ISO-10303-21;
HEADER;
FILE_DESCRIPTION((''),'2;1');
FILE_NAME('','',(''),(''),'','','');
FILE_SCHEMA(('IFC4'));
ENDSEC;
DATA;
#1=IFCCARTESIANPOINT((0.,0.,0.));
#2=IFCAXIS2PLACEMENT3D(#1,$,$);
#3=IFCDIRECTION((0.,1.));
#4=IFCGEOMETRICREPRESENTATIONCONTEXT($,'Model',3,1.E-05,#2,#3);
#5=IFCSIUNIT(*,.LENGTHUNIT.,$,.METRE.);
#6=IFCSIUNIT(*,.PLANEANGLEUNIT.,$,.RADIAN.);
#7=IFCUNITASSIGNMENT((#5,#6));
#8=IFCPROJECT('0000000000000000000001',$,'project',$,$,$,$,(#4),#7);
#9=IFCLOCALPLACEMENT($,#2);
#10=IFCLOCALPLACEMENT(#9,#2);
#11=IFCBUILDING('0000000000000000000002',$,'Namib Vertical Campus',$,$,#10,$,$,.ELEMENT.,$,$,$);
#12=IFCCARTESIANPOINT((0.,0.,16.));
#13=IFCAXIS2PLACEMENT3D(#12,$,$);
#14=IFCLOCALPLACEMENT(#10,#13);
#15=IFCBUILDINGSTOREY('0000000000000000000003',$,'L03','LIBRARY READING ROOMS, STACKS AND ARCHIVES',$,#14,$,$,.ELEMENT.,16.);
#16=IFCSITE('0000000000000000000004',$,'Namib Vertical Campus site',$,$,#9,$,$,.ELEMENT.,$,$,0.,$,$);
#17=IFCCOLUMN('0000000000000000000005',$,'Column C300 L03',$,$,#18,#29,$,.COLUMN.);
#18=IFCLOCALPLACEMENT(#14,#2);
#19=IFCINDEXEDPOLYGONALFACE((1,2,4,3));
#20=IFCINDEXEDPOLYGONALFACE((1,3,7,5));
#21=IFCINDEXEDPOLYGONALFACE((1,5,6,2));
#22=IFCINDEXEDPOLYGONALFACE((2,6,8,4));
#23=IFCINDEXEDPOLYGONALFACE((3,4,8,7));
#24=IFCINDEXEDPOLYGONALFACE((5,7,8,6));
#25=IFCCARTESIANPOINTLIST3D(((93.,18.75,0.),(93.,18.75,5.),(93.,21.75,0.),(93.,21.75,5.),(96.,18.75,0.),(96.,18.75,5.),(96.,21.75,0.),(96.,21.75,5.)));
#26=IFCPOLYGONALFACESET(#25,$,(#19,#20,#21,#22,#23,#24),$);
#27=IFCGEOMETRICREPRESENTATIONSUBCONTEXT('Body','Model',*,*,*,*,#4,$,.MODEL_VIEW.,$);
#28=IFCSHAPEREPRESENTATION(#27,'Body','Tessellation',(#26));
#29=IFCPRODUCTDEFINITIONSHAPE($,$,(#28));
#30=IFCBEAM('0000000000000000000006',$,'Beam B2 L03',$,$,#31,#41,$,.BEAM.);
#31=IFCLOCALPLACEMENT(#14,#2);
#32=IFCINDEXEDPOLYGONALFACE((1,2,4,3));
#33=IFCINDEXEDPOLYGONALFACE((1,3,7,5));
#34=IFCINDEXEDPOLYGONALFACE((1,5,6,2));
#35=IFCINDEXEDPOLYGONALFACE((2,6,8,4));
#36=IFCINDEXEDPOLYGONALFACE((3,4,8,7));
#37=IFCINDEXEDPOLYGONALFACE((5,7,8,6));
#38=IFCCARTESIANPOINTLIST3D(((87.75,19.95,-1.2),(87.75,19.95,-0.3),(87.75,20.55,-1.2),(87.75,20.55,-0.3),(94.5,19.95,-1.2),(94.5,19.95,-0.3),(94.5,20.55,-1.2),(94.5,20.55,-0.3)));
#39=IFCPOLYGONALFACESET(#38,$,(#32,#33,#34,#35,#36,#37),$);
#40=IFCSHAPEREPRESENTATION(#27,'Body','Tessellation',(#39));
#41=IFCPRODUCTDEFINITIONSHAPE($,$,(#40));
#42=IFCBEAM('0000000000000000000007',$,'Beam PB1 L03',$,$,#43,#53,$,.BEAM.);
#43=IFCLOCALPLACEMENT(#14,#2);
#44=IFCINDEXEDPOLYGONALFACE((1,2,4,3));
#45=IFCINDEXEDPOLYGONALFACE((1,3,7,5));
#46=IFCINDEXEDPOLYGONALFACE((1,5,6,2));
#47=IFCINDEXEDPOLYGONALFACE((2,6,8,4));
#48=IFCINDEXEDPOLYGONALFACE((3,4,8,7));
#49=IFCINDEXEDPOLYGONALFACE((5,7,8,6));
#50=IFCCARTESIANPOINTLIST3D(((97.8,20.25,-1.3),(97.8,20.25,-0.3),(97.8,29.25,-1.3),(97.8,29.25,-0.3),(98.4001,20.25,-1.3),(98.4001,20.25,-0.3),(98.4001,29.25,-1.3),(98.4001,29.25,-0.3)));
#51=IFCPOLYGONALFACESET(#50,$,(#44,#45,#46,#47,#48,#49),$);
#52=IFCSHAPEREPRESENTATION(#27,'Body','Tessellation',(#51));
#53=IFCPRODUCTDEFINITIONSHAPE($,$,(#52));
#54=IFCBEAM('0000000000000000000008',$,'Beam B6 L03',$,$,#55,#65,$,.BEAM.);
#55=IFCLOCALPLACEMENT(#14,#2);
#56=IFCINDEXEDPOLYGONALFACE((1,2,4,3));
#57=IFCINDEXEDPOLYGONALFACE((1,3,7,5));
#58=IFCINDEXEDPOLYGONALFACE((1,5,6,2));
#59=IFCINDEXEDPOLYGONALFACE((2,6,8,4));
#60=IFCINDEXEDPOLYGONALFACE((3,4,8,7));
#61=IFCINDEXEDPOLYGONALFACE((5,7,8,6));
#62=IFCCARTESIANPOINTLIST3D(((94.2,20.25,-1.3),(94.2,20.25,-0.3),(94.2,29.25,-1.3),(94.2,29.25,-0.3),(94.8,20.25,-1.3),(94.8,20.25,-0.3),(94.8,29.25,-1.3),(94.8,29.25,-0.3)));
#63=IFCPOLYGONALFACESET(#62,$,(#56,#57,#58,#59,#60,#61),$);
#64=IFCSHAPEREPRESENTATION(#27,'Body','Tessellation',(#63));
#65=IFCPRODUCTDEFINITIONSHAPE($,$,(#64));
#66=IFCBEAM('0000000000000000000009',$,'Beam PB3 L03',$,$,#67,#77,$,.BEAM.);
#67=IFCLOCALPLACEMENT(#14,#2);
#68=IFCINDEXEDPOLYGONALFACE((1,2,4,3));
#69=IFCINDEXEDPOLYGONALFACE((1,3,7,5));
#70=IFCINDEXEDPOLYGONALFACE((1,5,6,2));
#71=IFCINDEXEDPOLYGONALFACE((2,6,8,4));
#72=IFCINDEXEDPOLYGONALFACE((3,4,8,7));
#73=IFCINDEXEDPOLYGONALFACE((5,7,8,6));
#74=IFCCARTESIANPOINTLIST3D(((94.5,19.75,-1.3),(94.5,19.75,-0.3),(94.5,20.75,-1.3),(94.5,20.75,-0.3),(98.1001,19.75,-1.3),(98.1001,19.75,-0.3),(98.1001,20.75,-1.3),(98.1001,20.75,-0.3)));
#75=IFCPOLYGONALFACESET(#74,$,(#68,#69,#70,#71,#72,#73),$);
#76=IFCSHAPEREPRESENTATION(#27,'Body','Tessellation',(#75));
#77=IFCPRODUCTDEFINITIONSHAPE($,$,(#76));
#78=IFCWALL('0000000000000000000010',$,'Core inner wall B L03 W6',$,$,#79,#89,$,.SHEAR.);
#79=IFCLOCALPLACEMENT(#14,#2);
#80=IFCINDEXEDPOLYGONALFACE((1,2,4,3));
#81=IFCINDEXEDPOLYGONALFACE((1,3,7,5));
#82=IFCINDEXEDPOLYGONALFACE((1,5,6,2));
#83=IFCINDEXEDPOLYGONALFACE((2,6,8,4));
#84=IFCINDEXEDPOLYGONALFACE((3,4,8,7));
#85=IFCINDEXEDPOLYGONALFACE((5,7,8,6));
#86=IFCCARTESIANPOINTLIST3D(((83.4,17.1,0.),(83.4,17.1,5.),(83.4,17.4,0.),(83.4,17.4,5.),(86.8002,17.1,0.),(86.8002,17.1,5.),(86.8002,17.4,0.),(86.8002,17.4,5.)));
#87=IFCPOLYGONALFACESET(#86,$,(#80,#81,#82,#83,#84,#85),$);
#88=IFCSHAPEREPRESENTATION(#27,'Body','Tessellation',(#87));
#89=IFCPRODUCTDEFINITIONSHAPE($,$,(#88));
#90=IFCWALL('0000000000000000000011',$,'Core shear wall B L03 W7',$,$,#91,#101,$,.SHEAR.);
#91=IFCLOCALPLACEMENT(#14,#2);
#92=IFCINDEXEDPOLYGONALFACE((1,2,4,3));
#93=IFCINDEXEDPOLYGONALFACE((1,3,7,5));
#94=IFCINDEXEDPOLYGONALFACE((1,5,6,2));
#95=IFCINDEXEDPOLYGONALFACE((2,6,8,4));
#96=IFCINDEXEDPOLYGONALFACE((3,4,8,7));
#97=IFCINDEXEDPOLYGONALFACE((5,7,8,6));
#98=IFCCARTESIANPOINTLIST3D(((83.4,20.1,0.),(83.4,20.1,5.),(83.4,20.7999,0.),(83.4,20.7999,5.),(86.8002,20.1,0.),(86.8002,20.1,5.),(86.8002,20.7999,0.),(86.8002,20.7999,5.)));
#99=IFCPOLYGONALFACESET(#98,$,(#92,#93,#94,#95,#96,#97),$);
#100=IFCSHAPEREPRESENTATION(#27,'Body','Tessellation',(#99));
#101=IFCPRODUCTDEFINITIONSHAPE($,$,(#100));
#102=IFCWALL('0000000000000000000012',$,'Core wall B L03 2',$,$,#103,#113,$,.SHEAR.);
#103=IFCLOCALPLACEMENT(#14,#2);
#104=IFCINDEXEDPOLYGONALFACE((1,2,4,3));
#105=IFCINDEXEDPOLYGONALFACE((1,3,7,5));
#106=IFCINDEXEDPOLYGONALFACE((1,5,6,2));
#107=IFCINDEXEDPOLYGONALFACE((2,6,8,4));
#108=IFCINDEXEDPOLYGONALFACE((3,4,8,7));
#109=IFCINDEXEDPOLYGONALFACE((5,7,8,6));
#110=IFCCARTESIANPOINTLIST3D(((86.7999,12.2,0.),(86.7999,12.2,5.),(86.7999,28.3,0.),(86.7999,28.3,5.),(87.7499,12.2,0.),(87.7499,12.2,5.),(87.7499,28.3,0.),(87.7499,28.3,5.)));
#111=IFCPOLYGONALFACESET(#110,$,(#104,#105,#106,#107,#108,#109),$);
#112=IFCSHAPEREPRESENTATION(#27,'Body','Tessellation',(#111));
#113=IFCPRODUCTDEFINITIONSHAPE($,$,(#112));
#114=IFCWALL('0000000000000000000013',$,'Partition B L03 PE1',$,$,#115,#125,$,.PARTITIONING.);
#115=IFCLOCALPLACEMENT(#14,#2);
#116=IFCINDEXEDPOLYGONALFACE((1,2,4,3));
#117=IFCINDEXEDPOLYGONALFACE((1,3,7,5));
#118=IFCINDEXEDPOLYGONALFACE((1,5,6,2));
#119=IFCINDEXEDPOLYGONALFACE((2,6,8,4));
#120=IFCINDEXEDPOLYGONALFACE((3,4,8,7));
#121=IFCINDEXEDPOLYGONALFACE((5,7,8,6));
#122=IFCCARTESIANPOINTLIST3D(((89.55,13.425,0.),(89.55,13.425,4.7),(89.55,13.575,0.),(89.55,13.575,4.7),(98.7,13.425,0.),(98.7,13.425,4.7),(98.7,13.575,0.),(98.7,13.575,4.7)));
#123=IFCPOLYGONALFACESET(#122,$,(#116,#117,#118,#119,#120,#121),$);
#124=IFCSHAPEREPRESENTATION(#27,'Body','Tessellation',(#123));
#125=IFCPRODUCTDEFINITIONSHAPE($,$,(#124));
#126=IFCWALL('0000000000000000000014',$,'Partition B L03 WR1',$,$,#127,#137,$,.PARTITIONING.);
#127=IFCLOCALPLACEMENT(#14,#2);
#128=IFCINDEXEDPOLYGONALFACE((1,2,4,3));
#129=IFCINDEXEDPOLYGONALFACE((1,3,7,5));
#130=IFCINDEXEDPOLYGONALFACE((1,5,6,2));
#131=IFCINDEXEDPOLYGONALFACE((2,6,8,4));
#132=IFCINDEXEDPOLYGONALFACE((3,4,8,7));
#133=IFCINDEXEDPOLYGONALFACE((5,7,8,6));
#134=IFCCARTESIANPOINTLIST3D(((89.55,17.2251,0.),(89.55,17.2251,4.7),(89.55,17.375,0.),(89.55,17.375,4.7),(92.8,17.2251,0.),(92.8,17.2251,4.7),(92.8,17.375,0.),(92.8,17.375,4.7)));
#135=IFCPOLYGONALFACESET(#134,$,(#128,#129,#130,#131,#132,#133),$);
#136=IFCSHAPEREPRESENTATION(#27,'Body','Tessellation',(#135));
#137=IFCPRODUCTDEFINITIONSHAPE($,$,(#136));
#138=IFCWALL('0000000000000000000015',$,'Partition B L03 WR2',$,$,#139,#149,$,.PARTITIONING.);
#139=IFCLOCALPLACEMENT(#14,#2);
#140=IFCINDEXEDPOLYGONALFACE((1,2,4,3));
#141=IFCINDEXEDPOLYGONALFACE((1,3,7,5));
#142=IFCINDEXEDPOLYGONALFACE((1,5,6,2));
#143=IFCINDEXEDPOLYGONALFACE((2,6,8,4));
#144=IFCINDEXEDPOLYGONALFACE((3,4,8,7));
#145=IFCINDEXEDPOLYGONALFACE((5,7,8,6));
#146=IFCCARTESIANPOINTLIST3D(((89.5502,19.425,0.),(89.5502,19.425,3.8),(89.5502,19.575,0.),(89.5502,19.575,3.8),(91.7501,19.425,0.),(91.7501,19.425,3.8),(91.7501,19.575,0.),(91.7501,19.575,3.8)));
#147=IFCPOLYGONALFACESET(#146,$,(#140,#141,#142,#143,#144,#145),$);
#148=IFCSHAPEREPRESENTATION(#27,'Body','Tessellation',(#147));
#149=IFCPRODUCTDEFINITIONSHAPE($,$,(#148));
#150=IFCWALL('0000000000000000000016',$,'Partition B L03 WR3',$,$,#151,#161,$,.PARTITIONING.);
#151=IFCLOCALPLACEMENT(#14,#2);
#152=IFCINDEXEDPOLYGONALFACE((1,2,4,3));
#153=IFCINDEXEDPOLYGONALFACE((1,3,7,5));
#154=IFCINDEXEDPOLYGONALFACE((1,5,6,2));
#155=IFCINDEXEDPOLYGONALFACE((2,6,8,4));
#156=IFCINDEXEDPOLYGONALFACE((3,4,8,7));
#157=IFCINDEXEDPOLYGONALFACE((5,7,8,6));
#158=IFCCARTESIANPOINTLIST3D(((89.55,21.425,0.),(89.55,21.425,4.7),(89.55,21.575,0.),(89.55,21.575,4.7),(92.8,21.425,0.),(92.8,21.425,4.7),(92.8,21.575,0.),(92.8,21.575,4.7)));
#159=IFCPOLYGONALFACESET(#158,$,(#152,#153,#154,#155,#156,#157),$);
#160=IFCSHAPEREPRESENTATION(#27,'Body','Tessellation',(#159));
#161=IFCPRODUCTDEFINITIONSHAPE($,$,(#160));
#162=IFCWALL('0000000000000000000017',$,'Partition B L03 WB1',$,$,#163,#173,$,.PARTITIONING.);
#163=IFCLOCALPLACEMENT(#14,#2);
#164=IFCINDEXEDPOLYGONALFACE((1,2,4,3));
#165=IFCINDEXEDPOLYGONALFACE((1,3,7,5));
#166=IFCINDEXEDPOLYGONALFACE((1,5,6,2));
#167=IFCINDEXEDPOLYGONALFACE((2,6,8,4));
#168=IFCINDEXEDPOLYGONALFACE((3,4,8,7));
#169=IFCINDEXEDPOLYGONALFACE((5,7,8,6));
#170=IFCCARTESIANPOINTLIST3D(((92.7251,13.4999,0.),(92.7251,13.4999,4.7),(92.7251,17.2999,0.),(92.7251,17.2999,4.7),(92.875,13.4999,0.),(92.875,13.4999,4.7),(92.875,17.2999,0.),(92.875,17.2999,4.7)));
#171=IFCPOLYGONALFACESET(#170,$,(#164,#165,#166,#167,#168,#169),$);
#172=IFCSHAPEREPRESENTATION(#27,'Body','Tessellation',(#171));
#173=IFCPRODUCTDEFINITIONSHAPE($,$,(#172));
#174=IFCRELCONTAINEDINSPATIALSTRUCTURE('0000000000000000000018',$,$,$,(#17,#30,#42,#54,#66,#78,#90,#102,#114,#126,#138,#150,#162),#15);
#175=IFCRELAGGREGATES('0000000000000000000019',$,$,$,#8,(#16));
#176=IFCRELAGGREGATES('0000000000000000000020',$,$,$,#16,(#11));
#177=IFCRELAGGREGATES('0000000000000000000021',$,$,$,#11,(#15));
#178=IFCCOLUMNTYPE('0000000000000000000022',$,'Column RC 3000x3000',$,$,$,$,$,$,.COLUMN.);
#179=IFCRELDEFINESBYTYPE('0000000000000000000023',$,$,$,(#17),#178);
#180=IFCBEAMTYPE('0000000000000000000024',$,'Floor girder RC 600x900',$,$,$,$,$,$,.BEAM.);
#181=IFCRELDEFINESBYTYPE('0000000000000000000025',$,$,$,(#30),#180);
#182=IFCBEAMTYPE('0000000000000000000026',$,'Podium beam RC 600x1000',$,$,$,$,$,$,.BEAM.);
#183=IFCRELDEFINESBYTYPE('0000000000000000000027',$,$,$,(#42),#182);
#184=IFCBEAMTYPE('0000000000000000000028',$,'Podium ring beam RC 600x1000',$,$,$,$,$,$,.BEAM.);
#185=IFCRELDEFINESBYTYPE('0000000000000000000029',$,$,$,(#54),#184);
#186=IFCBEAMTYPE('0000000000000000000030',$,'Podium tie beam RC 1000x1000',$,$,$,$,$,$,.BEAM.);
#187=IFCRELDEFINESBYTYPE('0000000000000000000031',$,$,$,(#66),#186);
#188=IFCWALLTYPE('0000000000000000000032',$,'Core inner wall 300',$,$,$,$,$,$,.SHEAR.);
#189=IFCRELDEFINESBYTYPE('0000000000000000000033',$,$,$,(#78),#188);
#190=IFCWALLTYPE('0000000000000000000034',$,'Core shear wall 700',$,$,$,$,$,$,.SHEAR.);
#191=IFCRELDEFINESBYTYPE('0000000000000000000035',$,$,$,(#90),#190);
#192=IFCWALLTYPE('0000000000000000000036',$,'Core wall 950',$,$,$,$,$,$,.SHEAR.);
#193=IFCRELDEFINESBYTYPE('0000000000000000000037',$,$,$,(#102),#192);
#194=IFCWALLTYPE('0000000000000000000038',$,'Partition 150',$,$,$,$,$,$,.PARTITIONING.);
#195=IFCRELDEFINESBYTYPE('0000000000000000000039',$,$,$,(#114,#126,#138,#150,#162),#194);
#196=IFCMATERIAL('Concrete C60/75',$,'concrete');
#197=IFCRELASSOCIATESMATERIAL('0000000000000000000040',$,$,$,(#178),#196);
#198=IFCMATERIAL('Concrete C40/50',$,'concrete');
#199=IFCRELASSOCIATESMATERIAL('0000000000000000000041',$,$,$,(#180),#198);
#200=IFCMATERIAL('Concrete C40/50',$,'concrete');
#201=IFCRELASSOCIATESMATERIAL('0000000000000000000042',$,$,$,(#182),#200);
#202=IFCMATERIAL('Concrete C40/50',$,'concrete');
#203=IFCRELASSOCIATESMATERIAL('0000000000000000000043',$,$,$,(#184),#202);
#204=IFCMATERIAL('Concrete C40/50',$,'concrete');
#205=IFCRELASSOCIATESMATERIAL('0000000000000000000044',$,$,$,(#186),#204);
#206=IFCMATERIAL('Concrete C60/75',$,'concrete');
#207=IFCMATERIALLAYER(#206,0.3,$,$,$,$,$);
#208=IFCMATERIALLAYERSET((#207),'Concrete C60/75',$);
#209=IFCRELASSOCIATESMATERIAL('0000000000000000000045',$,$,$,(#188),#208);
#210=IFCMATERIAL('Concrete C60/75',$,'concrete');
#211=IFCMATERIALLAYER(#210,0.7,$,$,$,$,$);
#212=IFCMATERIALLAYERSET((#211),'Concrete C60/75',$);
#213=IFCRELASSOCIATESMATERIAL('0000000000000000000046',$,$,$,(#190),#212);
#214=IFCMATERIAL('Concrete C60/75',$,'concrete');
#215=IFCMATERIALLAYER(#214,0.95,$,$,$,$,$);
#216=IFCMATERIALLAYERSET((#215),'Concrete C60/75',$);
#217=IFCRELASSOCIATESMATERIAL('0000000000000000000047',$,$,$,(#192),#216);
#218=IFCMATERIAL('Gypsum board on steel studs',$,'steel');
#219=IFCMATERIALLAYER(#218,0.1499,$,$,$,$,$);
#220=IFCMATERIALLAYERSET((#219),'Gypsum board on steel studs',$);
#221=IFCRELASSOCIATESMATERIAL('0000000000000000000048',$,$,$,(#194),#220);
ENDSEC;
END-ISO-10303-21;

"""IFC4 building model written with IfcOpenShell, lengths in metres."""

from ifc_helpers import new_model, si_unit, direction, frame, frame_2d, origin, origin_2d, place, context, subcontext, project, spatial, rectangle, extrude, material, layer, layer_set, material_profile, profile_set, type_object, element, save


model = new_model("IFC4")

# Units and contexts
model_context = context("Model", 3, precision=1e-05, world=origin(), true_north=direction((0.0, 1.0)))
body_context = subcontext(model_context, "Body", "Model", "MODEL_VIEW")
ifc_project = project(units=[si_unit("LENGTHUNIT", "METRE"), si_unit("PLANEANGLEUNIT", "RADIAN")], contexts=[model_context])

# Site, building, storey
site_placement = place(None, origin())
site = spatial("IfcSite", under=ifc_project, at=site_placement, Name="Namib Vertical Campus site", CompositionType="ELEMENT", RefElevation=0.0)
building_placement = place(site_placement, origin())
building = spatial("IfcBuilding", under=site, at=building_placement, Name="Namib Vertical Campus", CompositionType="ELEMENT")
storey_placement = place(building_placement, frame((0.0, 0.0, 16.0)))
storey = spatial("IfcBuildingStorey", under=building, at=storey_placement, Name="L03", Description="LIBRARY READING ROOMS, STACKS AND ARCHIVES", CompositionType="ELEMENT", Elevation=16.0)

# Column
ifc_material_1 = material(Name="Concrete C60/75", Category="concrete")
ifc_material_profile_1 = material_profile(ifc_material_1, rectangle(XDim=3.0, YDim=3.0, at=origin_2d()))
ifc_profile_set_1 = profile_set([ifc_material_profile_1], Name="Concrete C60/75")
column_type = type_object("IfcColumnType", Name="Column RC 3000x3000", PredefinedType="COLUMN", material=ifc_profile_set_1)
column_placement = place(storey_placement, frame((94.5, 20.25, 0.0), z_axis=(0.0, 0.0, 1.0), x_axis=(1.0, 0.0, 0.0)))
element("IfcColumn", 1, at=column_placement, inside=storey, type_object=column_type, Name="Column C300 L03", PredefinedType="COLUMN", context=body_context, shape_type="SweptSolid", body=[
    extrude(rectangle(XDim=3.0, YDim=3.0, at=origin_2d()), origin(), (0.0, 0.0, 1.0), 5.0),
])

# Beams
ifc_material_2 = material(Name="Concrete C40/50", Category="concrete")
ifc_material_profile_2 = material_profile(ifc_material_2, rectangle(XDim=0.6001, YDim=0.8999, at=origin_2d()))
ifc_profile_set_2 = profile_set([ifc_material_profile_2], Name="Concrete C40/50")
beam_type_1 = type_object("IfcBeamType", Name="Floor girder RC 600x900", PredefinedType="BEAM", material=ifc_profile_set_2)
beam_1_placement = place(storey_placement, frame((94.5, 20.25, -0.75), z_axis=(-1.0, 0.0, 0.0), x_axis=(0.0, -1.0, 0.0)))
element("IfcBeam", 2, at=beam_1_placement, inside=storey, type_object=beam_type_1, Name="Beam B2 L03", PredefinedType="BEAM", context=body_context, shape_type="SweptSolid", body=[
    extrude(rectangle(XDim=0.6001, YDim=0.8999, at=origin_2d()), origin(), (0.0, 0.0, 1.0), 6.75),
])
ifc_material_3 = material(Name="Concrete C40/50", Category="concrete")
ifc_material_profile_3 = material_profile(ifc_material_3, rectangle(XDim=0.6001, YDim=1.0, at=origin_2d()))
ifc_profile_set_3 = profile_set([ifc_material_profile_3], Name="Concrete C40/50")
beam_type_2 = type_object("IfcBeamType", Name="Podium beam RC 600x1000", PredefinedType="BEAM", material=ifc_profile_set_3)
beam_2_placement = place(storey_placement, frame((98.1001, 20.25, -0.8), z_axis=(0.0, 1.0, 0.0), x_axis=(-1.0, 0.0, 0.0)))
element("IfcBeam", 3, at=beam_2_placement, inside=storey, type_object=beam_type_2, Name="Beam PB1 L03", PredefinedType="BEAM", context=body_context, shape_type="SweptSolid", body=[
    extrude(rectangle(XDim=0.6001, YDim=1.0, at=origin_2d()), origin(), (0.0, 0.0, 1.0), 9.0),
])
ifc_material_4 = material(Name="Concrete C40/50", Category="concrete")
ifc_material_profile_4 = material_profile(ifc_material_4, rectangle(XDim=0.6001, YDim=1.0, at=origin_2d()))
ifc_profile_set_4 = profile_set([ifc_material_profile_4], Name="Concrete C40/50")
beam_type_3 = type_object("IfcBeamType", Name="Podium ring beam RC 600x1000", PredefinedType="BEAM", material=ifc_profile_set_4)
beam_3_placement = place(storey_placement, frame((94.5, 20.25, -0.8), z_axis=(0.0, 1.0, 0.0), x_axis=(-1.0, 0.0, 0.0)))
element("IfcBeam", 4, at=beam_3_placement, inside=storey, type_object=beam_type_3, Name="Beam B6 L03", PredefinedType="BEAM", context=body_context, shape_type="SweptSolid", body=[
    extrude(rectangle(XDim=0.6001, YDim=1.0, at=origin_2d()), origin(), (0.0, 0.0, 1.0), 9.0),
])
ifc_material_5 = material(Name="Concrete C40/50", Category="concrete")
ifc_material_profile_5 = material_profile(ifc_material_5, rectangle(XDim=1.0, YDim=1.0, at=origin_2d()))
ifc_profile_set_5 = profile_set([ifc_material_profile_5], Name="Concrete C40/50")
beam_type_4 = type_object("IfcBeamType", Name="Podium tie beam RC 1000x1000", PredefinedType="BEAM", material=ifc_profile_set_5)
beam_4_placement = place(storey_placement, frame((94.5, 20.25, -0.8), z_axis=(1.0, 0.0, 0.0), x_axis=(0.0, 1.0, 0.0)))
element("IfcBeam", 5, at=beam_4_placement, inside=storey, type_object=beam_type_4, Name="Beam PB3 L03", PredefinedType="BEAM", context=body_context, shape_type="SweptSolid", body=[
    extrude(rectangle(XDim=1.0, YDim=1.0, at=origin_2d()), origin(), (0.0, 0.0, 1.0), 3.6001),
])

# Walls
ifc_material_6 = material(Name="Concrete C60/75", Category="concrete")
ifc_layer_1 = layer(ifc_material_6, 0.3)
ifc_layer_set_1 = layer_set([ifc_layer_1], Name="Concrete C60/75")
wall_type_1 = type_object("IfcWallType", Name="Core inner wall 300", PredefinedType="SHEAR", material=ifc_layer_set_1)
wall_1_placement = place(storey_placement, frame((83.3999, 17.25, 0.0), z_axis=(0.0, 0.0, 1.0), x_axis=(1.0, 0.0, 0.0)))
element("IfcWall", 6, at=wall_1_placement, inside=storey, type_object=wall_type_1, Name="Core inner wall B L03 W6", PredefinedType="SHEAR", context=body_context, shape_type="SweptSolid", body=[
    extrude(rectangle(XDim=3.4001, YDim=0.3, at=frame_2d((1.7002, 0.0))), origin(), (0.0, 0.0, 1.0), 5.0),
])
ifc_material_7 = material(Name="Concrete C60/75", Category="concrete")
ifc_layer_2 = layer(ifc_material_7, 0.7)
ifc_layer_set_2 = layer_set([ifc_layer_2], Name="Concrete C60/75")
wall_type_2 = type_object("IfcWallType", Name="Core shear wall 700", PredefinedType="SHEAR", material=ifc_layer_set_2)
wall_2_placement = place(storey_placement, frame((83.3999, 20.45, 0.0), z_axis=(0.0, 0.0, 1.0), x_axis=(1.0, 0.0, 0.0)))
element("IfcWall", 7, at=wall_2_placement, inside=storey, type_object=wall_type_2, Name="Core shear wall B L03 W7", PredefinedType="SHEAR", context=body_context, shape_type="SweptSolid", body=[
    extrude(rectangle(XDim=3.4001, YDim=0.7, at=frame_2d((1.7002, 0.0))), origin(), (0.0, 0.0, 1.0), 5.0),
])
ifc_material_8 = material(Name="Concrete C60/75", Category="concrete")
ifc_layer_3 = layer(ifc_material_8, 0.95)
ifc_layer_set_3 = layer_set([ifc_layer_3], Name="Concrete C60/75")
wall_type_3 = type_object("IfcWallType", Name="Core wall 950", PredefinedType="SHEAR", material=ifc_layer_set_3)
wall_3_placement = place(storey_placement, frame((87.2749, 12.2, 0.0), z_axis=(0.0, 0.0, 1.0), x_axis=(0.0, 1.0, 0.0)))
element("IfcWall", 8, at=wall_3_placement, inside=storey, type_object=wall_type_3, Name="Core wall B L03 2", PredefinedType="SHEAR", context=body_context, shape_type="SweptSolid", body=[
    extrude(rectangle(XDim=16.1001, YDim=0.95, at=frame_2d((8.05, 0.0))), origin(), (0.0, 0.0, 1.0), 5.0),
])
ifc_material_9 = material(Name="Gypsum board on steel studs", Category="steel")
ifc_layer_4 = layer(ifc_material_9, 0.1499)
ifc_layer_set_4 = layer_set([ifc_layer_4], Name="Gypsum board on steel studs")
wall_type_4 = type_object("IfcWallType", Name="Partition 150", PredefinedType="PARTITIONING", material=ifc_layer_set_4)
wall_4_placement = place(storey_placement, frame((89.55, 13.5, 0.0), z_axis=(0.0, 0.0, 1.0), x_axis=(1.0, 0.0, 0.0)))
element("IfcWall", 9, at=wall_4_placement, inside=storey, type_object=wall_type_4, Name="Partition B L03 PE1", PredefinedType="PARTITIONING", context=body_context, shape_type="SweptSolid", body=[
    extrude(rectangle(XDim=9.1499, YDim=0.1499, at=frame_2d((4.575, 0.0))), origin(), (0.0, 0.0, 1.0), 4.7),
])
wall_5_placement = place(storey_placement, frame((89.55, 17.3, 0.0), z_axis=(0.0, 0.0, 1.0), x_axis=(1.0, 0.0, 0.0)))
element("IfcWall", 10, at=wall_5_placement, inside=storey, type_object=wall_type_4, Name="Partition B L03 WR1", PredefinedType="PARTITIONING", context=body_context, shape_type="SweptSolid", body=[
    extrude(rectangle(XDim=3.25, YDim=0.1499, at=frame_2d((1.625, 0.0))), origin(), (0.0, 0.0, 1.0), 4.7),
])
wall_6_placement = place(storey_placement, frame((89.55, 19.5, 0.0), z_axis=(0.0, 0.0, 1.0), x_axis=(1.0, 0.0, 0.0)))
element("IfcWall", 11, at=wall_6_placement, inside=storey, type_object=wall_type_4, Name="Partition B L03 WR2", PredefinedType="PARTITIONING", context=body_context, shape_type="SweptSolid", body=[
    extrude(rectangle(XDim=2.2, YDim=0.1499, at=frame_2d((1.1001, 0.0))), origin(), (0.0, 0.0, 1.0), 3.8),
])
wall_7_placement = place(storey_placement, frame((89.55, 21.5, 0.0), z_axis=(0.0, 0.0, 1.0), x_axis=(1.0, 0.0, 0.0)))
element("IfcWall", 12, at=wall_7_placement, inside=storey, type_object=wall_type_4, Name="Partition B L03 WR3", PredefinedType="PARTITIONING", context=body_context, shape_type="SweptSolid", body=[
    extrude(rectangle(XDim=3.25, YDim=0.1499, at=frame_2d((1.625, 0.0))), origin(), (0.0, 0.0, 1.0), 4.7),
])
wall_8_placement = place(storey_placement, frame((92.8, 13.5, 0.0), z_axis=(0.0, 0.0, 1.0), x_axis=(0.0, 1.0, 0.0)))
element("IfcWall", 13, at=wall_8_placement, inside=storey, type_object=wall_type_4, Name="Partition B L03 WB1", PredefinedType="PARTITIONING", context=body_context, shape_type="SweptSolid", body=[
    extrude(rectangle(XDim=3.8, YDim=0.1499, at=frame_2d((1.8999, 0.0))), origin(), (0.0, 0.0, 1.0), 4.7),
])

save(model, "model.ifc")
